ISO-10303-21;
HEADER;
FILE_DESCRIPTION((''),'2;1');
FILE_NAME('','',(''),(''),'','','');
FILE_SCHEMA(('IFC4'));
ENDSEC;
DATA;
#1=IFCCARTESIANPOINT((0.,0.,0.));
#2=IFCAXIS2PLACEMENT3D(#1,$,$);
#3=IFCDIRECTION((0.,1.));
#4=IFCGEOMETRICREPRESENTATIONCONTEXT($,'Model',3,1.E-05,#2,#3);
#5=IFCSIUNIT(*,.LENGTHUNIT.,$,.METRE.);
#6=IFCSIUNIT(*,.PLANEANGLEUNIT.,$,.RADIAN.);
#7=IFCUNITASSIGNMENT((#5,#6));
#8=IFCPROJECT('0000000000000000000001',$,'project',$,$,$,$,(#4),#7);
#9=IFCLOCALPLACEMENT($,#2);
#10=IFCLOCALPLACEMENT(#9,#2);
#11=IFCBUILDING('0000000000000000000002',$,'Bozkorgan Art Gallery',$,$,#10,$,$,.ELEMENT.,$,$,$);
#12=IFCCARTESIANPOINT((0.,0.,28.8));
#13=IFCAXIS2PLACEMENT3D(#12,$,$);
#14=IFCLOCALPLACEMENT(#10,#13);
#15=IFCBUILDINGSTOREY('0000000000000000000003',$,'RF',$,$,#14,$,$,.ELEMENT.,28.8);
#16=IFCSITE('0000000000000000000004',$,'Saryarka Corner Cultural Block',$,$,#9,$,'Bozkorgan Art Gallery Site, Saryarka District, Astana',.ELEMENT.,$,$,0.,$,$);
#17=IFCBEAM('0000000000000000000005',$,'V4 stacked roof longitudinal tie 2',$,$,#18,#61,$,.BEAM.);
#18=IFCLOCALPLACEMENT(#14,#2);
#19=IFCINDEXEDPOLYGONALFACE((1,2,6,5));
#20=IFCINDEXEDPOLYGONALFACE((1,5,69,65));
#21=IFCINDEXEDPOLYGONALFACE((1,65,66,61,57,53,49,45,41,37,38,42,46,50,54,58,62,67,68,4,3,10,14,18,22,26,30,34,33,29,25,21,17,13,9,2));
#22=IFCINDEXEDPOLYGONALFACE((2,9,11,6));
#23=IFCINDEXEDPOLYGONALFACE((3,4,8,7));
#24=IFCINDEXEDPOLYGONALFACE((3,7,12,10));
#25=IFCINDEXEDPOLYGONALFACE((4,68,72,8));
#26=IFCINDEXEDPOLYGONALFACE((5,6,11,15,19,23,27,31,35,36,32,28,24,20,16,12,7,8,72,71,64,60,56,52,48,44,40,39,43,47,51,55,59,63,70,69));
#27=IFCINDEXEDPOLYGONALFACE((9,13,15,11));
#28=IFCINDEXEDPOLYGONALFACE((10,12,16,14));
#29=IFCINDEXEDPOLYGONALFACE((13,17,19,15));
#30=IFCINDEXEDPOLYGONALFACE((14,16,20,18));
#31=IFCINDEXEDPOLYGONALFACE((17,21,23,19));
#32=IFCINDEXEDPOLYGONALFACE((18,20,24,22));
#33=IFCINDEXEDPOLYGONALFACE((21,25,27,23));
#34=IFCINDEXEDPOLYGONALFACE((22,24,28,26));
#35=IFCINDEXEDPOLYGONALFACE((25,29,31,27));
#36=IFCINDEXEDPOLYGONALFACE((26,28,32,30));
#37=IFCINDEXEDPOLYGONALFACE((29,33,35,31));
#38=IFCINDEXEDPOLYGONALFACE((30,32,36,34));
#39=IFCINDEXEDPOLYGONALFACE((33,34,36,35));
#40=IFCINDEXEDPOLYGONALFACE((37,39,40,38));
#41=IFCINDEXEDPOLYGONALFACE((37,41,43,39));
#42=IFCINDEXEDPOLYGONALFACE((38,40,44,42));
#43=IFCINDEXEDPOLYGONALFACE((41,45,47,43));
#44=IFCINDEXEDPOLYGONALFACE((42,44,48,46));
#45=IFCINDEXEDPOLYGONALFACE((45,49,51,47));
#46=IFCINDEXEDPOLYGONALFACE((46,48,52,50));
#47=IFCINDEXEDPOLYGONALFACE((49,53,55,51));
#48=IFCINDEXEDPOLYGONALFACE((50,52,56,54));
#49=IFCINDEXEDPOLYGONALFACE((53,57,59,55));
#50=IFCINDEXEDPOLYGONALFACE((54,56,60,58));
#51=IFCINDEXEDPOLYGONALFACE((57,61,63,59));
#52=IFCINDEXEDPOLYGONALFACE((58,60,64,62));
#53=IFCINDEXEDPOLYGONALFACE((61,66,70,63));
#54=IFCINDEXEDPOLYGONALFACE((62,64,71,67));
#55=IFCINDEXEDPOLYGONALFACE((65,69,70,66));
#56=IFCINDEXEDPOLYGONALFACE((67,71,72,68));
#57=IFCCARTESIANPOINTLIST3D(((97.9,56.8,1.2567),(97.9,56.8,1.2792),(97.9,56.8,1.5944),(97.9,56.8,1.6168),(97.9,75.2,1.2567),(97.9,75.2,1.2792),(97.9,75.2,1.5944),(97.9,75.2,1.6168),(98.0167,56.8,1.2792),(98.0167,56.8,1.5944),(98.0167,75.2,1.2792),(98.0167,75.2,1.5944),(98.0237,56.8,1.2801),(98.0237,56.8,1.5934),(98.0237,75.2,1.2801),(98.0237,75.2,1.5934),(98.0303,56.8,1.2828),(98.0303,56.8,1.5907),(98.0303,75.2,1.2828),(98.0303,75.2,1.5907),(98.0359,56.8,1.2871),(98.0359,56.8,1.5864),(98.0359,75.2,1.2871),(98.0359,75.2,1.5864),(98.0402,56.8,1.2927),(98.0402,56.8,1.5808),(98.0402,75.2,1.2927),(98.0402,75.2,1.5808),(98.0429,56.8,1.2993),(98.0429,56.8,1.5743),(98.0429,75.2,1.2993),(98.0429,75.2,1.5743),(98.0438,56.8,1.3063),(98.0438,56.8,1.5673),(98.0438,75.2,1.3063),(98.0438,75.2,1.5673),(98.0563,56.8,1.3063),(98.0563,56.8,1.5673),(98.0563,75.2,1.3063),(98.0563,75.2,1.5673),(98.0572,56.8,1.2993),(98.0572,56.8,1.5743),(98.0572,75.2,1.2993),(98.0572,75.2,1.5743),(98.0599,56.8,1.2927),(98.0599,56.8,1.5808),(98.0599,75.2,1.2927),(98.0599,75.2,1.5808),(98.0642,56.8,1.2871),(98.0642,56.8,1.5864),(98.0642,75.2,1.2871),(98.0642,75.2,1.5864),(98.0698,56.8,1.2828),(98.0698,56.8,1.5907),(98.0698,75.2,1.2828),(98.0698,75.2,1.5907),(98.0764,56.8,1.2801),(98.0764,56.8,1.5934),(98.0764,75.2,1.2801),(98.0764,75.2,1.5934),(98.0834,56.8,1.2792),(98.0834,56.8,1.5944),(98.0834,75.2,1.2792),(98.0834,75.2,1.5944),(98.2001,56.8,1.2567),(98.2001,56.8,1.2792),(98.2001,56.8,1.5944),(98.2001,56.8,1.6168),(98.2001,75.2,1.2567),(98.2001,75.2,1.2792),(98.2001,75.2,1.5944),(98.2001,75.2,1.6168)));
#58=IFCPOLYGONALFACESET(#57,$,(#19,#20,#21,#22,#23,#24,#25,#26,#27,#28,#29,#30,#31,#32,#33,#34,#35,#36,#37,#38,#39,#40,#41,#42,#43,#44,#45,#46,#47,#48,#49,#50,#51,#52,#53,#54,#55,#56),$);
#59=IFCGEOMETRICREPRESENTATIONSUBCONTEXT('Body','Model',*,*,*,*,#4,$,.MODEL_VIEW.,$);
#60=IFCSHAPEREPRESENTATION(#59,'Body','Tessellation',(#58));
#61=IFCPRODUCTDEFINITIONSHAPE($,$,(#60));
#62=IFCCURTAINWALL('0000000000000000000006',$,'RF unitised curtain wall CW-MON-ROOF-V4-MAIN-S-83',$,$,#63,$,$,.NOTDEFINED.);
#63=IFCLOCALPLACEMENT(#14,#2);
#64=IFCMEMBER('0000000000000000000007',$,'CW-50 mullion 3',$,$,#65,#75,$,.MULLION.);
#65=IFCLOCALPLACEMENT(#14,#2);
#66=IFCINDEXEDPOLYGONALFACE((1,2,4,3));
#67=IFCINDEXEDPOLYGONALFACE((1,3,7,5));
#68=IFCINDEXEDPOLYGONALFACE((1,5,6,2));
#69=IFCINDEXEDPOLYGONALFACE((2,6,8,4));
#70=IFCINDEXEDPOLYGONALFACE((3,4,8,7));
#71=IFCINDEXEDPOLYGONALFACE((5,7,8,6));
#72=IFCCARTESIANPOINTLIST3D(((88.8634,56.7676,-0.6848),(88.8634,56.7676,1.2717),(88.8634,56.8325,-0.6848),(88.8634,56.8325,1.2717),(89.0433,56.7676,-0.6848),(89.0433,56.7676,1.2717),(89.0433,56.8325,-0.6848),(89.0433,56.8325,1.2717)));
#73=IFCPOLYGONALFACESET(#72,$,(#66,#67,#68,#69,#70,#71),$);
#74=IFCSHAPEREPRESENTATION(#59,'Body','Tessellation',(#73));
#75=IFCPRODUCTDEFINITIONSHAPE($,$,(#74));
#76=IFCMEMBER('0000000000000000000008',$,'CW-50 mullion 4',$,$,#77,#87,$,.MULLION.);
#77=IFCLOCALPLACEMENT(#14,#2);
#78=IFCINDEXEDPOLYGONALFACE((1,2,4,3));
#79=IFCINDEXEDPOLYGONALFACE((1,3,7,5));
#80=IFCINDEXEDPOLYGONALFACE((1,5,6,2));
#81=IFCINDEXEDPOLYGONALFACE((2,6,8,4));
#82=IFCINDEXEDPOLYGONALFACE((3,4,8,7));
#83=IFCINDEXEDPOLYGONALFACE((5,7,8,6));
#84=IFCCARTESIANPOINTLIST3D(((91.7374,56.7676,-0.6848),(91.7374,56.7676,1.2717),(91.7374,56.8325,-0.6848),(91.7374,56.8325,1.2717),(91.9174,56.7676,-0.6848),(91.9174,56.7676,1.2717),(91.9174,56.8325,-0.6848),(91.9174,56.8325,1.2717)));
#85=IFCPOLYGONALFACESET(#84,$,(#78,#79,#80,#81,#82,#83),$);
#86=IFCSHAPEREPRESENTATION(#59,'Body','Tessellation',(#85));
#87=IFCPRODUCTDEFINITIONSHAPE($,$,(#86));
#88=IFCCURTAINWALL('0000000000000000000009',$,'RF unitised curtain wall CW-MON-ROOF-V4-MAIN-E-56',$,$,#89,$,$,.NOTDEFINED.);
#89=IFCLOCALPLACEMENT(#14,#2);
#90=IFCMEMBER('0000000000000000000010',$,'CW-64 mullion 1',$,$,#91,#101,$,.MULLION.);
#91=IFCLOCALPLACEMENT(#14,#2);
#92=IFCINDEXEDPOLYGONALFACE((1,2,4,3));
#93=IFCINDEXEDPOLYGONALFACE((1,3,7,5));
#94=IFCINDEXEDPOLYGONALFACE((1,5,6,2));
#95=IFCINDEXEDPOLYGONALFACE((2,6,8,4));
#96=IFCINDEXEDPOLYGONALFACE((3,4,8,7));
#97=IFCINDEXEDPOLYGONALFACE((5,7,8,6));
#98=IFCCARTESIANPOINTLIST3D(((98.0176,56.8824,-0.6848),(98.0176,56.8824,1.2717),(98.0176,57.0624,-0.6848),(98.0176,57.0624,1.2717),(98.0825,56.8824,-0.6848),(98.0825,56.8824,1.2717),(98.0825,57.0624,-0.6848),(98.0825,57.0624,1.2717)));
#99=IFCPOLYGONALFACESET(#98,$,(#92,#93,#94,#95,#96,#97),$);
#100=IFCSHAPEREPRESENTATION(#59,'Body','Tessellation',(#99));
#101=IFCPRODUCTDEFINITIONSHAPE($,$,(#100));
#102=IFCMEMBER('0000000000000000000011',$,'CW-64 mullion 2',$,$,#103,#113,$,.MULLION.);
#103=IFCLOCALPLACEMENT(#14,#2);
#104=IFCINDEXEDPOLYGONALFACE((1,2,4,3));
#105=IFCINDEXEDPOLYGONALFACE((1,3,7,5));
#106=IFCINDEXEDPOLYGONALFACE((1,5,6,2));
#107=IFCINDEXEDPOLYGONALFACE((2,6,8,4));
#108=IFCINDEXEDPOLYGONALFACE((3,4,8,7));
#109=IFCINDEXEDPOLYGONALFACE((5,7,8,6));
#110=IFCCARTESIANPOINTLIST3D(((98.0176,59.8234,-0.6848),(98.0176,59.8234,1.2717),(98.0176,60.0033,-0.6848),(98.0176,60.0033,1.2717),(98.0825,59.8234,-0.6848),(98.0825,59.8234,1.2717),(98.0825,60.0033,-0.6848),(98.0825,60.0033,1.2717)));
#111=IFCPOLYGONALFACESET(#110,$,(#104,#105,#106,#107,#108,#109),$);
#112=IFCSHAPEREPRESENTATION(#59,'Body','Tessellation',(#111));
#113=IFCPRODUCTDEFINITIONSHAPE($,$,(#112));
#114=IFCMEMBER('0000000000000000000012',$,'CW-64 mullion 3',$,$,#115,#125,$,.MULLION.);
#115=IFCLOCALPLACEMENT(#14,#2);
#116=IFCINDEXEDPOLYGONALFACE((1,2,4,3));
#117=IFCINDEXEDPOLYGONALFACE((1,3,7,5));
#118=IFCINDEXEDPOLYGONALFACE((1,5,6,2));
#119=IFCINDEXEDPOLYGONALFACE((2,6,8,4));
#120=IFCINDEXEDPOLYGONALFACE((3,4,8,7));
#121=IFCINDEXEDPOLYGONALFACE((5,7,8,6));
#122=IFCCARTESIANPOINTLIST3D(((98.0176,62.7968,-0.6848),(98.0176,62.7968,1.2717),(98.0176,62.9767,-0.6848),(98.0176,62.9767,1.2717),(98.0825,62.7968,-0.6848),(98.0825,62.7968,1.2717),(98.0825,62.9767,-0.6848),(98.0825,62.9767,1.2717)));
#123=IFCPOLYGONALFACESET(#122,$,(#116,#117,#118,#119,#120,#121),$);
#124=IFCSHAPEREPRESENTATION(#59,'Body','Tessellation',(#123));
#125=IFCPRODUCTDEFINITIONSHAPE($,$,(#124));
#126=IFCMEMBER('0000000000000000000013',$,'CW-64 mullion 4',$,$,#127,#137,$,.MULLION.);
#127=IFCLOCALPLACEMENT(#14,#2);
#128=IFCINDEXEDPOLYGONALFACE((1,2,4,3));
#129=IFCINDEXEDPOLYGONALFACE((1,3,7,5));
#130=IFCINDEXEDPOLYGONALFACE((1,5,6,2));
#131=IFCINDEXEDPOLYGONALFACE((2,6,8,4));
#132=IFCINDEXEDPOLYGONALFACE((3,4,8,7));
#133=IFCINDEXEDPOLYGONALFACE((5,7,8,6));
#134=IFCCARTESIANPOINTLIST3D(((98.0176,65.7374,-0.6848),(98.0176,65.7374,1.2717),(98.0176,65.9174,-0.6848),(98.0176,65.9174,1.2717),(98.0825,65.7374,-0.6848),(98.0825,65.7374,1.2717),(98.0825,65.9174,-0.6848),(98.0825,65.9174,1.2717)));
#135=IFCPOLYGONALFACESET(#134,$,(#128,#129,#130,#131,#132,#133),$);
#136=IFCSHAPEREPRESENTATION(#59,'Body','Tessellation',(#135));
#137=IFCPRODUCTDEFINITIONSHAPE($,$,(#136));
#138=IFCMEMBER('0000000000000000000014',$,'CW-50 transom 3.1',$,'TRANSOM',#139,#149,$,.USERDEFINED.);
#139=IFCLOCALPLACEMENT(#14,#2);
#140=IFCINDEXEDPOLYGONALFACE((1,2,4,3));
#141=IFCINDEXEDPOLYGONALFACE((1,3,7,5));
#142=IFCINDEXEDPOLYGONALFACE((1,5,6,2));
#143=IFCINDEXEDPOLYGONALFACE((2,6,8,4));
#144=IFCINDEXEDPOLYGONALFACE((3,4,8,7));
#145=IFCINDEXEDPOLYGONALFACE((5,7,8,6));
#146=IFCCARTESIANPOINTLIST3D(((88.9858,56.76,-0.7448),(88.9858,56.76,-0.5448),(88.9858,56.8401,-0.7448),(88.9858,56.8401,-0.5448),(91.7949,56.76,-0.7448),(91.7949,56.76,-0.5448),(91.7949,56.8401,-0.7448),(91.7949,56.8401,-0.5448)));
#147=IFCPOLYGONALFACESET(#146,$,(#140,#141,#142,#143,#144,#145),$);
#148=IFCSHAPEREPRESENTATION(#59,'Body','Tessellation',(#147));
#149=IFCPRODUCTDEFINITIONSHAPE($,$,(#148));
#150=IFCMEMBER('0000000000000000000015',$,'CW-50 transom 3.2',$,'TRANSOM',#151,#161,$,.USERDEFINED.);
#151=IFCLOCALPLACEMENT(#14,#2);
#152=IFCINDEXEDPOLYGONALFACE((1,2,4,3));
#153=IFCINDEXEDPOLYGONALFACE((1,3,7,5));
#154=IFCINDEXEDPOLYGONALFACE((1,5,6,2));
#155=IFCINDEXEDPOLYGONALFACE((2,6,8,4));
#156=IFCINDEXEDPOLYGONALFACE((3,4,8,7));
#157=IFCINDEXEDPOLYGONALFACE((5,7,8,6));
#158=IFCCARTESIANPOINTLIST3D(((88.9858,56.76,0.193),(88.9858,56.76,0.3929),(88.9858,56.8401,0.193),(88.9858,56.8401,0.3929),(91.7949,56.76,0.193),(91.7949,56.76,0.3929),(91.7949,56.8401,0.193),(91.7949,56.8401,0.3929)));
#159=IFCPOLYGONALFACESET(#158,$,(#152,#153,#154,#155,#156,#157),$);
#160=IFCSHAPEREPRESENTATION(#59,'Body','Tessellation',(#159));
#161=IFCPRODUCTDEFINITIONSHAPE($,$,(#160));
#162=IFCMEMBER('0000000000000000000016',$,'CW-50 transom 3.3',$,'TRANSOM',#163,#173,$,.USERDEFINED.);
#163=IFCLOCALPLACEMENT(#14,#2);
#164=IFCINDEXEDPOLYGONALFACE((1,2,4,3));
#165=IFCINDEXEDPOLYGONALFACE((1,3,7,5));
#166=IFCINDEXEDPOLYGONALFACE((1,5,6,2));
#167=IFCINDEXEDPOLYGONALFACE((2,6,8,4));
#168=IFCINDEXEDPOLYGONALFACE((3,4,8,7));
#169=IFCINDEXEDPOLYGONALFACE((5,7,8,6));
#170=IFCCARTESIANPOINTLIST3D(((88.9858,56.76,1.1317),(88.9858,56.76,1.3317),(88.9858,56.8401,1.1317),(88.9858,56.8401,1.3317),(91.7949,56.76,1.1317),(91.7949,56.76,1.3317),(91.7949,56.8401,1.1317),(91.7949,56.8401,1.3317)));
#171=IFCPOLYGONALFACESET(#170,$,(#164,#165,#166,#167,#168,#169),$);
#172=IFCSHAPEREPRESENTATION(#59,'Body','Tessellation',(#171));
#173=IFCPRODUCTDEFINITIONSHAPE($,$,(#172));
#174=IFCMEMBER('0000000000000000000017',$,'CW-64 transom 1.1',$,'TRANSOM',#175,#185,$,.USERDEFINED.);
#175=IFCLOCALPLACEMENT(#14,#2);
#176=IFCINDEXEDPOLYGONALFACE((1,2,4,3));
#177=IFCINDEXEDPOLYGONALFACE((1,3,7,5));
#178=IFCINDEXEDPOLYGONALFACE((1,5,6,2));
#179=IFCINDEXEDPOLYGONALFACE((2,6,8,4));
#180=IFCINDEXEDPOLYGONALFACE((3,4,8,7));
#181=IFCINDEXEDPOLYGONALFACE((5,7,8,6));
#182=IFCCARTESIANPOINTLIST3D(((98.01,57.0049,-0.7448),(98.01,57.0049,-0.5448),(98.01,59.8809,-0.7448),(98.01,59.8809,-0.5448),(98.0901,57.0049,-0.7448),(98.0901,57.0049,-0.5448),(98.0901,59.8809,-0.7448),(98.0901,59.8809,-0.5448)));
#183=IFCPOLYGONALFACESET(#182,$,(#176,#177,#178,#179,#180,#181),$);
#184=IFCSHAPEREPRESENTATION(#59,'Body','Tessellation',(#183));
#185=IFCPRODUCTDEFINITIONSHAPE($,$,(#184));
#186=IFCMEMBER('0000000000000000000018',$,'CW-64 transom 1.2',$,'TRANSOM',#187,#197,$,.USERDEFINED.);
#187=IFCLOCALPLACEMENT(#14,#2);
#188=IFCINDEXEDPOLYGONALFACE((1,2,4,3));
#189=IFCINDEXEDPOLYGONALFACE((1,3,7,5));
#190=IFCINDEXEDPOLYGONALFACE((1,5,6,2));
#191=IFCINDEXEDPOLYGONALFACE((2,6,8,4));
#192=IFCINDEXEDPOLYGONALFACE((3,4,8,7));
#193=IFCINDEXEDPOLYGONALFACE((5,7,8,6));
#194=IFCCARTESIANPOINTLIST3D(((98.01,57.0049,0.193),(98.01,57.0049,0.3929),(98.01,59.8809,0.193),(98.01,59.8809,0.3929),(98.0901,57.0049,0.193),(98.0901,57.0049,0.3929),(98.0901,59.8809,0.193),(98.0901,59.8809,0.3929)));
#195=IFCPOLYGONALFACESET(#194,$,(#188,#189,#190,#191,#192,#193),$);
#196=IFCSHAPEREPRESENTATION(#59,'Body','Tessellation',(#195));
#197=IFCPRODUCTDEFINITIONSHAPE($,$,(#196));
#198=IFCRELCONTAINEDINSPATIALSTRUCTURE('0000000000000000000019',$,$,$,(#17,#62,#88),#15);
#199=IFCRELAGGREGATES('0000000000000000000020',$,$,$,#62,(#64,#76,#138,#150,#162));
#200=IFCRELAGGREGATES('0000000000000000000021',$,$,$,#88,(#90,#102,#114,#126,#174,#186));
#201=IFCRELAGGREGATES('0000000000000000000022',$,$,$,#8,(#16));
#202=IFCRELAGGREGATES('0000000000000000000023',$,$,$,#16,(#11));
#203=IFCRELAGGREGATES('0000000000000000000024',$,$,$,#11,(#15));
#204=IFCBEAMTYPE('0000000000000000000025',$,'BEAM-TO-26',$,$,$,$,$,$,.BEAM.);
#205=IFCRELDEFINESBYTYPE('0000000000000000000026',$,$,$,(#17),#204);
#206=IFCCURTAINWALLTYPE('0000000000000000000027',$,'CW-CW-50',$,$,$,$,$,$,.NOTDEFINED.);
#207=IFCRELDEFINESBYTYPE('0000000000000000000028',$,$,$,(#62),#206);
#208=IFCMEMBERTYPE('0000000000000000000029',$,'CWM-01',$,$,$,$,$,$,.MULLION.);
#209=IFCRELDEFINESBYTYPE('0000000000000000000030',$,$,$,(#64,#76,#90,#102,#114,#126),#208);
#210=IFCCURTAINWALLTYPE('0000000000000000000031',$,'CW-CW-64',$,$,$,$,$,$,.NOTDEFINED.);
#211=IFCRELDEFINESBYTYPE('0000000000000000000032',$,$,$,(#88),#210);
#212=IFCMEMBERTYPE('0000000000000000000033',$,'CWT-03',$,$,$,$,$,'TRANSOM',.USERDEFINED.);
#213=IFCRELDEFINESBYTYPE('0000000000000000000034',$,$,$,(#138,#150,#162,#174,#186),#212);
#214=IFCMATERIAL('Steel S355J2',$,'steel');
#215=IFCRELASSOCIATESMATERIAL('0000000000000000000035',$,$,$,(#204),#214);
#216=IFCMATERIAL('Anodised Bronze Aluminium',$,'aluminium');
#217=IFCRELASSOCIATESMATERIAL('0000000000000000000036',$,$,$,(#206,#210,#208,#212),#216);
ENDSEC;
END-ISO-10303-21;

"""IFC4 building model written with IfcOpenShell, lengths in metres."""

from ifc_helpers import new_model, si_unit, direction, frame, origin, origin_2d, place, context, subcontext, project, spatial, rectangle, i_section, extrude, material, material_profile, profile_set, type_object, element, aggregate, save


model = new_model("IFC4")

# Units and contexts
model_context = context("Model", 3, precision=1e-05, world=origin(), true_north=direction((0.0, 1.0)))
body_context = subcontext(model_context, "Body", "Model", "MODEL_VIEW")
ifc_project = project(units=[si_unit("LENGTHUNIT", "METRE"), si_unit("PLANEANGLEUNIT", "RADIAN")], contexts=[model_context])

# Site, building, storey
site_placement = place(None, origin())
site = spatial("IfcSite", under=ifc_project, at=site_placement, Name="Saryarka Corner Cultural Block", LongName="Bozkorgan Art Gallery Site, Saryarka District, Astana", CompositionType="ELEMENT", RefElevation=0.0)
building_placement = place(site_placement, origin())
building = spatial("IfcBuilding", under=site, at=building_placement, Name="Bozkorgan Art Gallery", CompositionType="ELEMENT")
storey_placement = place(building_placement, frame((0.0, 0.0, 28.8)))
storey = spatial("IfcBuildingStorey", under=building, at=storey_placement, Name="RF", CompositionType="ELEMENT", Elevation=28.8)

# Beam
ifc_material_1 = material(Name="Steel S355J2", Category="steel")
ifc_material_profile_1 = material_profile(ifc_material_1, i_section(OverallWidth=0.3, OverallDepth=0.3601, WebThickness=0.0125, FlangeThickness=0.0225, FilletRadius=0.0271, at=origin_2d()), Name="HEB 360")
ifc_profile_set_1 = profile_set([ifc_material_profile_1], Name="Steel S355J2")
beam_type = type_object("IfcBeamType", Name="BEAM-TO-26", PredefinedType="BEAM", material=ifc_profile_set_1)
beam_placement = place(storey_placement, frame((98.05, 56.8, 1.4368), z_axis=(0.0, 1.0, 0.0), x_axis=(-1.0, 0.0, 0.0)))
element("IfcBeam", 1, at=beam_placement, inside=storey, type_object=beam_type, Name="V4 stacked roof longitudinal tie 2", PredefinedType="BEAM", context=body_context, shape_type="SweptSolid", body=[
    extrude(i_section(OverallWidth=0.3, OverallDepth=0.3601, WebThickness=0.0125, FlangeThickness=0.0225, FilletRadius=0.0271, at=origin_2d()), origin(), (0.0, 0.0, 1.0), 18.3999),
])

# Curtain walls, members
ifc_material_2 = material(Name="Anodised Bronze Aluminium", Category="aluminium")
curtain_wall_type_1 = type_object("IfcCurtainWallType", Name="CW-CW-50", PredefinedType="NOTDEFINED", material=ifc_material_2)
curtain_wall_1_placement = place(storey_placement, origin())
curtain_wall_1 = element("IfcCurtainWall", 2, at=curtain_wall_1_placement, inside=storey, type_object=curtain_wall_type_1, Name="RF unitised curtain wall CW-MON-ROOF-V4-MAIN-S-83", PredefinedType="NOTDEFINED")
ifc_material_profile_2 = material_profile(ifc_material_2, rectangle(XDim=0.0649, YDim=0.1799, at=origin_2d()), Name="ALU MULLION 65x180")
ifc_profile_set_2 = profile_set([ifc_material_profile_2], Name="Anodised Bronze Aluminium")
member_type_1 = type_object("IfcMemberType", Name="CWM-01", PredefinedType="MULLION", material=ifc_profile_set_2)
member_1_placement = place(storey_placement, frame((88.9534, 56.8, -0.6848), z_axis=(0.0, 0.0, 1.0), x_axis=(0.0, 1.0, 0.0)))
member_1 = element("IfcMember", 3, at=member_1_placement, type_object=member_type_1, Name="CW-50 mullion 3", PredefinedType="MULLION", context=body_context, shape_type="SweptSolid", body=[
    extrude(rectangle(XDim=0.0649, YDim=0.1799, at=origin_2d()), origin(), (0.0, 0.0, 1.0), 1.9565),
])
member_2_placement = place(storey_placement, frame((91.8274, 56.8, -0.6848), z_axis=(0.0, 0.0, 1.0), x_axis=(0.0, 1.0, 0.0)))
member_2 = element("IfcMember", 4, at=member_2_placement, type_object=member_type_1, Name="CW-50 mullion 4", PredefinedType="MULLION", context=body_context, shape_type="SweptSolid", body=[
    extrude(rectangle(XDim=0.0649, YDim=0.1799, at=origin_2d()), origin(), (0.0, 0.0, 1.0), 1.9565),
])
curtain_wall_type_2 = type_object("IfcCurtainWallType", Name="CW-CW-64", PredefinedType="NOTDEFINED", material=ifc_material_2)
curtain_wall_2_placement = place(storey_placement, origin())
curtain_wall_2 = element("IfcCurtainWall", 5, at=curtain_wall_2_placement, inside=storey, type_object=curtain_wall_type_2, Name="RF unitised curtain wall CW-MON-ROOF-V4-MAIN-E-56", PredefinedType="NOTDEFINED")
member_3_placement = place(storey_placement, frame((98.05, 56.9724, -0.6848), z_axis=(0.0, 0.0, 1.0), x_axis=(-1.0, 0.0, 0.0)))
member_3 = element("IfcMember", 6, at=member_3_placement, type_object=member_type_1, Name="CW-64 mullion 1", PredefinedType="MULLION", context=body_context, shape_type="SweptSolid", body=[
    extrude(rectangle(XDim=0.0649, YDim=0.1799, at=origin_2d()), origin(), (0.0, 0.0, 1.0), 1.9565),
])
member_4_placement = place(storey_placement, frame((98.05, 59.9133, -0.6848), z_axis=(0.0, 0.0, 1.0), x_axis=(-1.0, 0.0, 0.0)))
member_4 = element("IfcMember", 7, at=member_4_placement, type_object=member_type_1, Name="CW-64 mullion 2", PredefinedType="MULLION", context=body_context, shape_type="SweptSolid", body=[
    extrude(rectangle(XDim=0.0649, YDim=0.1799, at=origin_2d()), origin(), (0.0, 0.0, 1.0), 1.9565),
])
member_5_placement = place(storey_placement, frame((98.05, 62.8867, -0.6848), z_axis=(0.0, 0.0, 1.0), x_axis=(-1.0, 0.0, 0.0)))
member_5 = element("IfcMember", 8, at=member_5_placement, type_object=member_type_1, Name="CW-64 mullion 3", PredefinedType="MULLION", context=body_context, shape_type="SweptSolid", body=[
    extrude(rectangle(XDim=0.0649, YDim=0.1799, at=origin_2d()), origin(), (0.0, 0.0, 1.0), 1.9565),
])
member_6_placement = place(storey_placement, frame((98.05, 65.8274, -0.6848), z_axis=(0.0, 0.0, 1.0), x_axis=(-1.0, 0.0, 0.0)))
member_6 = element("IfcMember", 9, at=member_6_placement, type_object=member_type_1, Name="CW-64 mullion 4", PredefinedType="MULLION", context=body_context, shape_type="SweptSolid", body=[
    extrude(rectangle(XDim=0.0649, YDim=0.1799, at=origin_2d()), origin(), (0.0, 0.0, 1.0), 1.9565),
])

# Members
ifc_material_profile_3 = material_profile(ifc_material_2, rectangle(XDim=0.0801, YDim=0.2, at=origin_2d()), Name="ALU TRANSOM 80x200")
ifc_profile_set_3 = profile_set([ifc_material_profile_3], Name="Anodised Bronze Aluminium")
member_type_2 = type_object("IfcMemberType", Name="CWT-03", ElementType="TRANSOM", PredefinedType="USERDEFINED", material=ifc_profile_set_3)
member_7_placement = place(storey_placement, frame((88.9858, 56.8, -0.6448), z_axis=(1.0, 0.0, 0.0), x_axis=(0.0, 1.0, 0.0)))
member_7 = element("IfcMember", 10, at=member_7_placement, type_object=member_type_2, Name="CW-50 transom 3.1", ObjectType="TRANSOM", PredefinedType="USERDEFINED", context=body_context, shape_type="SweptSolid", body=[
    extrude(rectangle(XDim=0.0801, YDim=0.2, at=origin_2d()), origin(), (0.0, 0.0, 1.0), 2.8091),
])
member_8_placement = place(storey_placement, frame((88.9858, 56.8, 0.293), z_axis=(1.0, 0.0, 0.0), x_axis=(0.0, 1.0, 0.0)))
member_8 = element("IfcMember", 11, at=member_8_placement, type_object=member_type_2, Name="CW-50 transom 3.2", ObjectType="TRANSOM", PredefinedType="USERDEFINED", context=body_context, shape_type="SweptSolid", body=[
    extrude(rectangle(XDim=0.0801, YDim=0.2, at=origin_2d()), origin(), (0.0, 0.0, 1.0), 2.8091),
])
member_9_placement = place(storey_placement, frame((88.9858, 56.8, 1.2317), z_axis=(1.0, 0.0, 0.0), x_axis=(0.0, 1.0, 0.0)))
member_9 = element("IfcMember", 12, at=member_9_placement, type_object=member_type_2, Name="CW-50 transom 3.3", ObjectType="TRANSOM", PredefinedType="USERDEFINED", context=body_context, shape_type="SweptSolid", body=[
    extrude(rectangle(XDim=0.0801, YDim=0.2, at=origin_2d()), origin(), (0.0, 0.0, 1.0), 2.8091),
])
member_10_placement = place(storey_placement, frame((98.05, 57.0049, -0.6448), z_axis=(0.0, 1.0, 0.0), x_axis=(-1.0, 0.0, 0.0)))
member_10 = element("IfcMember", 13, at=member_10_placement, type_object=member_type_2, Name="CW-64 transom 1.1", ObjectType="TRANSOM", PredefinedType="USERDEFINED", context=body_context, shape_type="SweptSolid", body=[
    extrude(rectangle(XDim=0.0801, YDim=0.2, at=origin_2d()), origin(), (0.0, 0.0, 1.0), 2.876),
])
member_11_placement = place(storey_placement, frame((98.05, 57.0049, 0.293), z_axis=(0.0, 1.0, 0.0), x_axis=(-1.0, 0.0, 0.0)))
member_11 = element("IfcMember", 14, at=member_11_placement, type_object=member_type_2, Name="CW-64 transom 1.2", ObjectType="TRANSOM", PredefinedType="USERDEFINED", context=body_context, shape_type="SweptSolid", body=[
    extrude(rectangle(XDim=0.0801, YDim=0.2, at=origin_2d()), origin(), (0.0, 0.0, 1.0), 2.876),
])

aggregate(curtain_wall_1, [member_1, member_2, member_7, member_8, member_9])
aggregate(curtain_wall_2, [member_3, member_4, member_5, member_6, member_10, member_11])

save(model, "model.ifc")
